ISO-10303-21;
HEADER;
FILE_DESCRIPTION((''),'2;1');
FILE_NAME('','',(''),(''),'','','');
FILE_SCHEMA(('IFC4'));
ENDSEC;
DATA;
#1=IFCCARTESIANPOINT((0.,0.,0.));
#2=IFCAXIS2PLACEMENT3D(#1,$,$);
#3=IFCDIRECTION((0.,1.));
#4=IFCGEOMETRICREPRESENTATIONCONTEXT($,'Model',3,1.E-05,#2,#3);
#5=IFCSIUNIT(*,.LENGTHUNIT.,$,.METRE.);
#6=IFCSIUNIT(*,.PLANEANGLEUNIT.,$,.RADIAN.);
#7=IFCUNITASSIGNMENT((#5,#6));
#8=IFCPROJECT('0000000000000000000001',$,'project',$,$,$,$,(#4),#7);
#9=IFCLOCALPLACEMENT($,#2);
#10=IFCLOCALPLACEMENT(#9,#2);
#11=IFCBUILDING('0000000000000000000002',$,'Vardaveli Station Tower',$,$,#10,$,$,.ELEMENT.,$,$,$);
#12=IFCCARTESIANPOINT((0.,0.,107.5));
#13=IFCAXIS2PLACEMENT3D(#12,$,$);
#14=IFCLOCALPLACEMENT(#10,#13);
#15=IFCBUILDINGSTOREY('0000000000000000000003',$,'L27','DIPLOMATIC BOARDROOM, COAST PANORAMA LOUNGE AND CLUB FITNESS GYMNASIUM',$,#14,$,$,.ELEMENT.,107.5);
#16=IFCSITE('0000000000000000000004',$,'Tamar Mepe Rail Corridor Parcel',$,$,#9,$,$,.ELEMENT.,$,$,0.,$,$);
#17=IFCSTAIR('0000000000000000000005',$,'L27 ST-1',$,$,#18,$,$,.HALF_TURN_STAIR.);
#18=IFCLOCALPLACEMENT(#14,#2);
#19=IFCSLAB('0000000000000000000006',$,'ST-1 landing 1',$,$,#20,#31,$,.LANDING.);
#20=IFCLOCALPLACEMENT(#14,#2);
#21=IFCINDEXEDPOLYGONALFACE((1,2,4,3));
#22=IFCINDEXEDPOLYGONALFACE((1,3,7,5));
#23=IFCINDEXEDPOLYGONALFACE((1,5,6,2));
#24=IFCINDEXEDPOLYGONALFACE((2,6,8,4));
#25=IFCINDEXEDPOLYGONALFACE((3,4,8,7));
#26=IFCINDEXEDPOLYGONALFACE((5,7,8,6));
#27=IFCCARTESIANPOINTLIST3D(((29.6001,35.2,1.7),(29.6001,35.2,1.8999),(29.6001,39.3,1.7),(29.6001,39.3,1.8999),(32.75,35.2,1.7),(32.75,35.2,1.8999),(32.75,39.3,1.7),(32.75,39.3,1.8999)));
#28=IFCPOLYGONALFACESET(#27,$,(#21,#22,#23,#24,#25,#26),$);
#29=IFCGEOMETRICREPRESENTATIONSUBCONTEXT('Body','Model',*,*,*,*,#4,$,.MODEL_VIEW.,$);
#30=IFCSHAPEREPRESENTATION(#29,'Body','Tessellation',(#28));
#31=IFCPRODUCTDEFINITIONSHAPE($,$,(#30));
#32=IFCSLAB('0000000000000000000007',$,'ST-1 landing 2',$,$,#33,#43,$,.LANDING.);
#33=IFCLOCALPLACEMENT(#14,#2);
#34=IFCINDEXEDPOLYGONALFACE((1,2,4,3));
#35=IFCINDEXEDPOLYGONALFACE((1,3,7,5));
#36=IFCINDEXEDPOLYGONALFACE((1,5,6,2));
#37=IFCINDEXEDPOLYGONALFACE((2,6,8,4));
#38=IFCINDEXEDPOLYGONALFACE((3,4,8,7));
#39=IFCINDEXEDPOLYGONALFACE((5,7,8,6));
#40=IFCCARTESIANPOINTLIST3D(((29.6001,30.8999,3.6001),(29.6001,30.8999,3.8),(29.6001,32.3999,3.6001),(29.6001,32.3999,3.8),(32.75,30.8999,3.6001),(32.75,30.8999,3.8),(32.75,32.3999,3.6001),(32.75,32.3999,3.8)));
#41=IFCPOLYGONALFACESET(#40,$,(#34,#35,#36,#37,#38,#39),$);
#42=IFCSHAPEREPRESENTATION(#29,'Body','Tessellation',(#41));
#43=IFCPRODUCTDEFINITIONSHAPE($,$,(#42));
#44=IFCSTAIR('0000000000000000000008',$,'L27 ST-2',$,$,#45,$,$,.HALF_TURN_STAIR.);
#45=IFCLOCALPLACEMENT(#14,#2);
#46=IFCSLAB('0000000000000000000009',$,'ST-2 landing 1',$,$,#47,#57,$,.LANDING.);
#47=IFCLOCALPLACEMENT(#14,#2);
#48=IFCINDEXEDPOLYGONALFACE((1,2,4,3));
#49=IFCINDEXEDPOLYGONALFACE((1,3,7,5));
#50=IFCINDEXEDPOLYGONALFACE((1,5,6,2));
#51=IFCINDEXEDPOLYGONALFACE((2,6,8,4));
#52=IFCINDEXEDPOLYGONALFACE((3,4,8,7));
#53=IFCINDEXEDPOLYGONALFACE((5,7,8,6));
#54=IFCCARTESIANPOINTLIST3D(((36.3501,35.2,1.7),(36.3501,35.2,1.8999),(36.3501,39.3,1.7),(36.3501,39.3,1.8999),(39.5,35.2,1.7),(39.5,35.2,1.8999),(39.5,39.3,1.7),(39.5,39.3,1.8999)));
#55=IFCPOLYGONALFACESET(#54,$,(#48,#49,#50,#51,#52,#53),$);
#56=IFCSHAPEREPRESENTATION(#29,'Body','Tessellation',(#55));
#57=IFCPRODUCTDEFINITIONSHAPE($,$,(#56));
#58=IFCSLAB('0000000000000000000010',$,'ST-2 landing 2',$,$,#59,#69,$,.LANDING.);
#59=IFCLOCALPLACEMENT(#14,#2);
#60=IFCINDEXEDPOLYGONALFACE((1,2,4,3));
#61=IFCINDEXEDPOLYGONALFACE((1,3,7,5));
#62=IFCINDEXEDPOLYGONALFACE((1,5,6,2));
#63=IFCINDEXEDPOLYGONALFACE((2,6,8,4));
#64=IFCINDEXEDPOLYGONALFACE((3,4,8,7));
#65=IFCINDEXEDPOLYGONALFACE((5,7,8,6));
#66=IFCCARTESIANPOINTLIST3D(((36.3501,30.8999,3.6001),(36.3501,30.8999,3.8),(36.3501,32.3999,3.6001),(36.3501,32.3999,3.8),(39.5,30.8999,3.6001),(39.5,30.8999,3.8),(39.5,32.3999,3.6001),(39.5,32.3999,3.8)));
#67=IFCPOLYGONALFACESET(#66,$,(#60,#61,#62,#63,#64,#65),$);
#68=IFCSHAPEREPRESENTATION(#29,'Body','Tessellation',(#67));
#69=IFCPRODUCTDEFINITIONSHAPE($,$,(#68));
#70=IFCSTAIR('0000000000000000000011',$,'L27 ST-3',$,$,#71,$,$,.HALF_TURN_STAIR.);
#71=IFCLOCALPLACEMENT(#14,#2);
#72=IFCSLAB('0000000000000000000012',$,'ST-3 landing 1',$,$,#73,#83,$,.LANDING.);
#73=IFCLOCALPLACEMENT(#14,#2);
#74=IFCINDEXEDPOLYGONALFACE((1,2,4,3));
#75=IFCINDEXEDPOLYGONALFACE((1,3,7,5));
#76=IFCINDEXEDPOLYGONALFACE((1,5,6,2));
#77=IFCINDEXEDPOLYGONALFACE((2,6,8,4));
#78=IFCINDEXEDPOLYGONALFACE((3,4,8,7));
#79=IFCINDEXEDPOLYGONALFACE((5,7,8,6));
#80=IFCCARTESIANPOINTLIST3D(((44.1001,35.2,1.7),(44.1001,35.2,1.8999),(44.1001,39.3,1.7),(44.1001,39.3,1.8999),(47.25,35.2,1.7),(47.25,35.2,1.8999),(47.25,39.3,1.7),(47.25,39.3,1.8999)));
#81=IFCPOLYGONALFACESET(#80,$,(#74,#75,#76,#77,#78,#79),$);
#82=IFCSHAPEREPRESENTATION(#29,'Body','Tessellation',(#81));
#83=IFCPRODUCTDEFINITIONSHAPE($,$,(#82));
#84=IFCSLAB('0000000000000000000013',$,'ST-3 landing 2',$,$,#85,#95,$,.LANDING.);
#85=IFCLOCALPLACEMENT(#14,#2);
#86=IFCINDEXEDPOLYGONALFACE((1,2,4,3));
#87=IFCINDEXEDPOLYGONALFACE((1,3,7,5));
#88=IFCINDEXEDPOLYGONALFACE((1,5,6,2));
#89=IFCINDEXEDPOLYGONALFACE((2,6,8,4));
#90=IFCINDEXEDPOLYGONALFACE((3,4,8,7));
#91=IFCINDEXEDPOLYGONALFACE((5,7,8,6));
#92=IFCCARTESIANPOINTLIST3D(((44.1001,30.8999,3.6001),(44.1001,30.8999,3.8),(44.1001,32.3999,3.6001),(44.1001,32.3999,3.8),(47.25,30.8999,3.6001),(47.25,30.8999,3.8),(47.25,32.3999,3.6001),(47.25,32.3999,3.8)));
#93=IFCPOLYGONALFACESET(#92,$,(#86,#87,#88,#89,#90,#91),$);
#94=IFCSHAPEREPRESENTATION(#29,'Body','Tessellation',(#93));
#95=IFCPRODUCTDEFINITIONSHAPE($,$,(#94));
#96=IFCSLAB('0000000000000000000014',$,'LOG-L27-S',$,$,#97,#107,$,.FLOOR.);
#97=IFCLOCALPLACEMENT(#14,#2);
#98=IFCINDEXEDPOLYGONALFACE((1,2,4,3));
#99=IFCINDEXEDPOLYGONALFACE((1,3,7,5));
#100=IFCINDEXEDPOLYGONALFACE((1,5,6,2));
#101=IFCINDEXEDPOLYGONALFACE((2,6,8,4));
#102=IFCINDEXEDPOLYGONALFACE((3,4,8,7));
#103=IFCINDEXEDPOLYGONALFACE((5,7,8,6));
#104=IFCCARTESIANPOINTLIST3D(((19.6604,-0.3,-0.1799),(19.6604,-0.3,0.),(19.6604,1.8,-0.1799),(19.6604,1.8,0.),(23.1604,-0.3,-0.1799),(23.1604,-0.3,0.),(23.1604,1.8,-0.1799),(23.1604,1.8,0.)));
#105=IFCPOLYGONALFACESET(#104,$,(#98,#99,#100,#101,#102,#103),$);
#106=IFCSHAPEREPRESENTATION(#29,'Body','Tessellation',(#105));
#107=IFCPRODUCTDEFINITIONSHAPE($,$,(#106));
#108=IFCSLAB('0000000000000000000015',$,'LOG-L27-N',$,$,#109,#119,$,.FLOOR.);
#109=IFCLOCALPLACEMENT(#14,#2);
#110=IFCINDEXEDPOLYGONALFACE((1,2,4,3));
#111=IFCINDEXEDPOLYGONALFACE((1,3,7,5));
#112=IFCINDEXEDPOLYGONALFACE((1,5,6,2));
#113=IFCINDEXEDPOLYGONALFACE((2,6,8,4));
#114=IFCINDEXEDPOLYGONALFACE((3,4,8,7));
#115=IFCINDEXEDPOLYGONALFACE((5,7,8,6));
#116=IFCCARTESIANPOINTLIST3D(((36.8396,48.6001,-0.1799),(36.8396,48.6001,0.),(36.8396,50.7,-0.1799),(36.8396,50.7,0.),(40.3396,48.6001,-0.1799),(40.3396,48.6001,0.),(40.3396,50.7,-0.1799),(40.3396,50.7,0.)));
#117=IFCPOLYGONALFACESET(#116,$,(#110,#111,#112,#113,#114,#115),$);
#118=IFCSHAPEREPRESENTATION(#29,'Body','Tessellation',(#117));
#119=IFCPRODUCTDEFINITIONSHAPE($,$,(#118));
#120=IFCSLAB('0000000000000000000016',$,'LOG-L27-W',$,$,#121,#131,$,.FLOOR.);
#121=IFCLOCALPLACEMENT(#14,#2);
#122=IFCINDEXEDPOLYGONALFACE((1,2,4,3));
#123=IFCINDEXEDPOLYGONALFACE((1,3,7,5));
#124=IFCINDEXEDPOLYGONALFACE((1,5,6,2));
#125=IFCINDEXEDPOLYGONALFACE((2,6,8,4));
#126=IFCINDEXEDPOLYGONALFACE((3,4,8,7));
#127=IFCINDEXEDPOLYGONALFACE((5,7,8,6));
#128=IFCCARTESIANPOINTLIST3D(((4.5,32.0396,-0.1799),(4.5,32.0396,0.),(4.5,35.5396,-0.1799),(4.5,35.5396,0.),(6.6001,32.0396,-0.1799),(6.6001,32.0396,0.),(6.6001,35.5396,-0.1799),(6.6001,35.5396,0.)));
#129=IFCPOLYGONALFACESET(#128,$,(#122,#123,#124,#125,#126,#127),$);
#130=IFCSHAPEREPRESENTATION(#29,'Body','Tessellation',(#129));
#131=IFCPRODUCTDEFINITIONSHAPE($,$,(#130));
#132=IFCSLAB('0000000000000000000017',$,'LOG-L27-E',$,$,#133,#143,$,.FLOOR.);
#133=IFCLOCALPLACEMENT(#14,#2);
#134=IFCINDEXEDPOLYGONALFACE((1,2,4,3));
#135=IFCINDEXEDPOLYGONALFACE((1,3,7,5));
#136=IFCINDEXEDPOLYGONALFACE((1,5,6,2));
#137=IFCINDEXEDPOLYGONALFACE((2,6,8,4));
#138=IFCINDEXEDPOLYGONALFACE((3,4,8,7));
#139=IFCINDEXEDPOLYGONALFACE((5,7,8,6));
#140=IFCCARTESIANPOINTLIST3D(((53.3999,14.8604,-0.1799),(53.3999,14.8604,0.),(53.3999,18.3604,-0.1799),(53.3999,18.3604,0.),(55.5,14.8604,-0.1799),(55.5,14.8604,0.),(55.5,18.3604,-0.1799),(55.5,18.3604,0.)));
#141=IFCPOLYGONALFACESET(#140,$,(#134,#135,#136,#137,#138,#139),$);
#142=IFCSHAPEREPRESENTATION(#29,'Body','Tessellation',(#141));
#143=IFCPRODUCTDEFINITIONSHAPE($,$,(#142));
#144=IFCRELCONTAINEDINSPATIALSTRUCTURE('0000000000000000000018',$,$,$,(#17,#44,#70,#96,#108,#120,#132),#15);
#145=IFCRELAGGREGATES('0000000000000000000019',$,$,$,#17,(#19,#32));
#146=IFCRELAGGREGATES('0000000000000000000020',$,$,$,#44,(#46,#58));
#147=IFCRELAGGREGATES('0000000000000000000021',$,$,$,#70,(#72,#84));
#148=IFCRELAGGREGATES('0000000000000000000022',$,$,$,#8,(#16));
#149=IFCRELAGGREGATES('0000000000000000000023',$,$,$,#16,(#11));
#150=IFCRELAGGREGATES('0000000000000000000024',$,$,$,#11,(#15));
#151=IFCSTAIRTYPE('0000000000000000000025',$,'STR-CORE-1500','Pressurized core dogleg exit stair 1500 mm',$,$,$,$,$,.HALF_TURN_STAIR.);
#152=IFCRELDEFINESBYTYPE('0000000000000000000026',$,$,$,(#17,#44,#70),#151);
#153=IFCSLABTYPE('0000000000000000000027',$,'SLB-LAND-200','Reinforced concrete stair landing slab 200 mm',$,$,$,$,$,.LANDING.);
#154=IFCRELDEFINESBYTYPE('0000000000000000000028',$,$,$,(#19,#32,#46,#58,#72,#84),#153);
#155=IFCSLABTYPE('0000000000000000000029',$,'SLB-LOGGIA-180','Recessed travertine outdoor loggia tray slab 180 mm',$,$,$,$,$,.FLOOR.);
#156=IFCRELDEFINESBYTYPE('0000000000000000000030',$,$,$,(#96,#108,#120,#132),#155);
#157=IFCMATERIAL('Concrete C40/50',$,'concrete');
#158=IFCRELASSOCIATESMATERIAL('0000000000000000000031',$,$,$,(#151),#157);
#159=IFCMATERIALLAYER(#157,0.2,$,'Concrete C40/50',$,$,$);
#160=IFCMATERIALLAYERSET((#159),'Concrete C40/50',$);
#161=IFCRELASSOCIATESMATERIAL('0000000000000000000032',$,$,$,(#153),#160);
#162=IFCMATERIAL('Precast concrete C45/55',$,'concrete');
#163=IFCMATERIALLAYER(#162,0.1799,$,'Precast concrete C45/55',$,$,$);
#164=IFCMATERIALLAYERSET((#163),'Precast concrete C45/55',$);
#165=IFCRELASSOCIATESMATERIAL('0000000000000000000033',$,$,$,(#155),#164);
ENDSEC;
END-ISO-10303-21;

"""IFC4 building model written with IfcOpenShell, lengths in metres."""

from ifc_helpers import new_model, si_unit, direction, frame, origin, place, context, subcontext, project, spatial, polyline, outline, extrude, material, layer, layer_set, type_object, element, aggregate, save


model = new_model("IFC4")

# Units and contexts
model_context = context("Model", 3, precision=1e-05, world=origin(), true_north=direction((0.0, 1.0)))
body_context = subcontext(model_context, "Body", "Model", "MODEL_VIEW")
ifc_project = project(units=[si_unit("LENGTHUNIT", "METRE"), si_unit("PLANEANGLEUNIT", "RADIAN")], contexts=[model_context])

# Site, building, storey
site_placement = place(None, origin())
site = spatial("IfcSite", under=ifc_project, at=site_placement, Name="Tamar Mepe Rail Corridor Parcel", CompositionType="ELEMENT", RefElevation=0.0)
building_placement = place(site_placement, origin())
building = spatial("IfcBuilding", under=site, at=building_placement, Name="Vardaveli Station Tower", CompositionType="ELEMENT")
storey_placement = place(building_placement, frame((0.0, 0.0, 107.5)))
storey = spatial("IfcBuildingStorey", under=building, at=storey_placement, Name="L27", Description="DIPLOMATIC BOARDROOM, COAST PANORAMA LOUNGE AND CLUB FITNESS GYMNASIUM", CompositionType="ELEMENT", Elevation=107.5)

# Stairs, slabs
ifc_material_1 = material(Name="Concrete C40/50", Category="concrete")
stair_type = type_object("IfcStairType", Name="STR-CORE-1500", Description="Pressurized core dogleg exit stair 1500 mm", PredefinedType="HALF_TURN_STAIR", material=ifc_material_1)
stair_1_placement = place(storey_placement, origin())
stair_1 = element("IfcStair", 1, at=stair_1_placement, inside=storey, type_object=stair_type, Name="L27 ST-1", PredefinedType="HALF_TURN_STAIR")
ifc_layer_1 = layer(ifc_material_1, 0.2, Name="Concrete C40/50")
ifc_layer_set_1 = layer_set([ifc_layer_1], Name="Concrete C40/50")
slab_type_1 = type_object("IfcSlabType", Name="SLB-LAND-200", Description="Reinforced concrete stair landing slab 200 mm", PredefinedType="LANDING", material=ifc_layer_set_1)
slab_1_placement = place(storey_placement, frame((0.0, 0.0, 1.7)))
slab_1 = element("IfcSlab", 2, at=slab_1_placement, type_object=slab_type_1, Name="ST-1 landing 1", PredefinedType="LANDING", context=body_context, shape_type="SweptSolid", body=[
    extrude(outline(polyline([(32.75, 35.2), (32.75, 39.3), (29.6001, 39.3), (29.6001, 35.2), (32.75, 35.2)])), origin(), (0.0, 0.0, 1.0), 0.2),
])
slab_2_placement = place(storey_placement, frame((0.0, 0.0, 3.6001)))
slab_2 = element("IfcSlab", 3, at=slab_2_placement, type_object=slab_type_1, Name="ST-1 landing 2", PredefinedType="LANDING", context=body_context, shape_type="SweptSolid", body=[
    extrude(outline(polyline([(32.75, 30.8999), (32.75, 32.3999), (29.6001, 32.3999), (29.6001, 30.8999), (32.75, 30.8999)])), origin(), (0.0, 0.0, 1.0), 0.2),
])
aggregate(stair_1, [slab_1, slab_2])
stair_2_placement = place(storey_placement, origin())
stair_2 = element("IfcStair", 4, at=stair_2_placement, inside=storey, type_object=stair_type, Name="L27 ST-2", PredefinedType="HALF_TURN_STAIR")
slab_3_placement = place(storey_placement, frame((0.0, 0.0, 1.7)))
slab_3 = element("IfcSlab", 5, at=slab_3_placement, type_object=slab_type_1, Name="ST-2 landing 1", PredefinedType="LANDING", context=body_context, shape_type="SweptSolid", body=[
    extrude(outline(polyline([(39.5, 35.2), (39.5, 39.3), (36.3501, 39.3), (36.3501, 35.2), (39.5, 35.2)])), origin(), (0.0, 0.0, 1.0), 0.2),
])
slab_4_placement = place(storey_placement, frame((0.0, 0.0, 3.6001)))
slab_4 = element("IfcSlab", 6, at=slab_4_placement, type_object=slab_type_1, Name="ST-2 landing 2", PredefinedType="LANDING", context=body_context, shape_type="SweptSolid", body=[
    extrude(outline(polyline([(39.5, 30.8999), (39.5, 32.3999), (36.3501, 32.3999), (36.3501, 30.8999), (39.5, 30.8999)])), origin(), (0.0, 0.0, 1.0), 0.2),
])
aggregate(stair_2, [slab_3, slab_4])
stair_3_placement = place(storey_placement, origin())
stair_3 = element("IfcStair", 7, at=stair_3_placement, inside=storey, type_object=stair_type, Name="L27 ST-3", PredefinedType="HALF_TURN_STAIR")
slab_5_placement = place(storey_placement, frame((0.0, 0.0, 1.7)))
slab_5 = element("IfcSlab", 8, at=slab_5_placement, type_object=slab_type_1, Name="ST-3 landing 1", PredefinedType="LANDING", context=body_context, shape_type="SweptSolid", body=[
    extrude(outline(polyline([(47.25, 35.2), (47.25, 39.3), (44.1001, 39.3), (44.1001, 35.2), (47.25, 35.2)])), origin(), (0.0, 0.0, 1.0), 0.2),
])
slab_6_placement = place(storey_placement, frame((0.0, 0.0, 3.6001)))
slab_6 = element("IfcSlab", 9, at=slab_6_placement, type_object=slab_type_1, Name="ST-3 landing 2", PredefinedType="LANDING", context=body_context, shape_type="SweptSolid", body=[
    extrude(outline(polyline([(47.25, 30.8999), (47.25, 32.3999), (44.1001, 32.3999), (44.1001, 30.8999), (47.25, 30.8999)])), origin(), (0.0, 0.0, 1.0), 0.2),
])
aggregate(stair_3, [slab_5, slab_6])

# Slabs
ifc_material_2 = material(Name="Precast concrete C45/55", Category="concrete")
ifc_layer_2 = layer(ifc_material_2, 0.1799, Name="Precast concrete C45/55")
ifc_layer_set_2 = layer_set([ifc_layer_2], Name="Precast concrete C45/55")
slab_type_2 = type_object("IfcSlabType", Name="SLB-LOGGIA-180", Description="Recessed travertine outdoor loggia tray slab 180 mm", PredefinedType="FLOOR", material=ifc_layer_set_2)
slab_7_placement = place(storey_placement, frame((0.0, 0.0, -0.1799)))
element("IfcSlab", 10, at=slab_7_placement, inside=storey, type_object=slab_type_2, Name="LOG-L27-S", PredefinedType="FLOOR", context=body_context, shape_type="SweptSolid", body=[
    extrude(outline(polyline([(19.6604, -0.3), (23.1604, -0.3), (23.1604, 1.8), (19.6604, 1.8), (19.6604, -0.3)])), origin(), (0.0, 0.0, 1.0), 0.1799),
])
slab_8_placement = place(storey_placement, frame((0.0, 0.0, -0.1799)))
element("IfcSlab", 11, at=slab_8_placement, inside=storey, type_object=slab_type_2, Name="LOG-L27-N", PredefinedType="FLOOR", context=body_context, shape_type="SweptSolid", body=[
    extrude(outline(polyline([(36.8396, 48.6001), (40.3396, 48.6001), (40.3396, 50.7), (36.8396, 50.7), (36.8396, 48.6001)])), origin(), (0.0, 0.0, 1.0), 0.1799),
])
slab_9_placement = place(storey_placement, frame((0.0, 0.0, -0.1799)))
element("IfcSlab", 12, at=slab_9_placement, inside=storey, type_object=slab_type_2, Name="LOG-L27-W", PredefinedType="FLOOR", context=body_context, shape_type="SweptSolid", body=[
    extrude(outline(polyline([(4.5, 32.0396), (6.6001, 32.0396), (6.6001, 35.5396), (4.5, 35.5396), (4.5, 32.0396)])), origin(), (0.0, 0.0, 1.0), 0.1799),
])
slab_10_placement = place(storey_placement, frame((0.0, 0.0, -0.1799)))
element("IfcSlab", 13, at=slab_10_placement, inside=storey, type_object=slab_type_2, Name="LOG-L27-E", PredefinedType="FLOOR", context=body_context, shape_type="SweptSolid", body=[
    extrude(outline(polyline([(53.3999, 14.8604), (55.5, 14.8604), (55.5, 18.3604), (53.3999, 18.3604), (53.3999, 14.8604)])), origin(), (0.0, 0.0, 1.0), 0.1799),
])

save(model, "model.ifc")
